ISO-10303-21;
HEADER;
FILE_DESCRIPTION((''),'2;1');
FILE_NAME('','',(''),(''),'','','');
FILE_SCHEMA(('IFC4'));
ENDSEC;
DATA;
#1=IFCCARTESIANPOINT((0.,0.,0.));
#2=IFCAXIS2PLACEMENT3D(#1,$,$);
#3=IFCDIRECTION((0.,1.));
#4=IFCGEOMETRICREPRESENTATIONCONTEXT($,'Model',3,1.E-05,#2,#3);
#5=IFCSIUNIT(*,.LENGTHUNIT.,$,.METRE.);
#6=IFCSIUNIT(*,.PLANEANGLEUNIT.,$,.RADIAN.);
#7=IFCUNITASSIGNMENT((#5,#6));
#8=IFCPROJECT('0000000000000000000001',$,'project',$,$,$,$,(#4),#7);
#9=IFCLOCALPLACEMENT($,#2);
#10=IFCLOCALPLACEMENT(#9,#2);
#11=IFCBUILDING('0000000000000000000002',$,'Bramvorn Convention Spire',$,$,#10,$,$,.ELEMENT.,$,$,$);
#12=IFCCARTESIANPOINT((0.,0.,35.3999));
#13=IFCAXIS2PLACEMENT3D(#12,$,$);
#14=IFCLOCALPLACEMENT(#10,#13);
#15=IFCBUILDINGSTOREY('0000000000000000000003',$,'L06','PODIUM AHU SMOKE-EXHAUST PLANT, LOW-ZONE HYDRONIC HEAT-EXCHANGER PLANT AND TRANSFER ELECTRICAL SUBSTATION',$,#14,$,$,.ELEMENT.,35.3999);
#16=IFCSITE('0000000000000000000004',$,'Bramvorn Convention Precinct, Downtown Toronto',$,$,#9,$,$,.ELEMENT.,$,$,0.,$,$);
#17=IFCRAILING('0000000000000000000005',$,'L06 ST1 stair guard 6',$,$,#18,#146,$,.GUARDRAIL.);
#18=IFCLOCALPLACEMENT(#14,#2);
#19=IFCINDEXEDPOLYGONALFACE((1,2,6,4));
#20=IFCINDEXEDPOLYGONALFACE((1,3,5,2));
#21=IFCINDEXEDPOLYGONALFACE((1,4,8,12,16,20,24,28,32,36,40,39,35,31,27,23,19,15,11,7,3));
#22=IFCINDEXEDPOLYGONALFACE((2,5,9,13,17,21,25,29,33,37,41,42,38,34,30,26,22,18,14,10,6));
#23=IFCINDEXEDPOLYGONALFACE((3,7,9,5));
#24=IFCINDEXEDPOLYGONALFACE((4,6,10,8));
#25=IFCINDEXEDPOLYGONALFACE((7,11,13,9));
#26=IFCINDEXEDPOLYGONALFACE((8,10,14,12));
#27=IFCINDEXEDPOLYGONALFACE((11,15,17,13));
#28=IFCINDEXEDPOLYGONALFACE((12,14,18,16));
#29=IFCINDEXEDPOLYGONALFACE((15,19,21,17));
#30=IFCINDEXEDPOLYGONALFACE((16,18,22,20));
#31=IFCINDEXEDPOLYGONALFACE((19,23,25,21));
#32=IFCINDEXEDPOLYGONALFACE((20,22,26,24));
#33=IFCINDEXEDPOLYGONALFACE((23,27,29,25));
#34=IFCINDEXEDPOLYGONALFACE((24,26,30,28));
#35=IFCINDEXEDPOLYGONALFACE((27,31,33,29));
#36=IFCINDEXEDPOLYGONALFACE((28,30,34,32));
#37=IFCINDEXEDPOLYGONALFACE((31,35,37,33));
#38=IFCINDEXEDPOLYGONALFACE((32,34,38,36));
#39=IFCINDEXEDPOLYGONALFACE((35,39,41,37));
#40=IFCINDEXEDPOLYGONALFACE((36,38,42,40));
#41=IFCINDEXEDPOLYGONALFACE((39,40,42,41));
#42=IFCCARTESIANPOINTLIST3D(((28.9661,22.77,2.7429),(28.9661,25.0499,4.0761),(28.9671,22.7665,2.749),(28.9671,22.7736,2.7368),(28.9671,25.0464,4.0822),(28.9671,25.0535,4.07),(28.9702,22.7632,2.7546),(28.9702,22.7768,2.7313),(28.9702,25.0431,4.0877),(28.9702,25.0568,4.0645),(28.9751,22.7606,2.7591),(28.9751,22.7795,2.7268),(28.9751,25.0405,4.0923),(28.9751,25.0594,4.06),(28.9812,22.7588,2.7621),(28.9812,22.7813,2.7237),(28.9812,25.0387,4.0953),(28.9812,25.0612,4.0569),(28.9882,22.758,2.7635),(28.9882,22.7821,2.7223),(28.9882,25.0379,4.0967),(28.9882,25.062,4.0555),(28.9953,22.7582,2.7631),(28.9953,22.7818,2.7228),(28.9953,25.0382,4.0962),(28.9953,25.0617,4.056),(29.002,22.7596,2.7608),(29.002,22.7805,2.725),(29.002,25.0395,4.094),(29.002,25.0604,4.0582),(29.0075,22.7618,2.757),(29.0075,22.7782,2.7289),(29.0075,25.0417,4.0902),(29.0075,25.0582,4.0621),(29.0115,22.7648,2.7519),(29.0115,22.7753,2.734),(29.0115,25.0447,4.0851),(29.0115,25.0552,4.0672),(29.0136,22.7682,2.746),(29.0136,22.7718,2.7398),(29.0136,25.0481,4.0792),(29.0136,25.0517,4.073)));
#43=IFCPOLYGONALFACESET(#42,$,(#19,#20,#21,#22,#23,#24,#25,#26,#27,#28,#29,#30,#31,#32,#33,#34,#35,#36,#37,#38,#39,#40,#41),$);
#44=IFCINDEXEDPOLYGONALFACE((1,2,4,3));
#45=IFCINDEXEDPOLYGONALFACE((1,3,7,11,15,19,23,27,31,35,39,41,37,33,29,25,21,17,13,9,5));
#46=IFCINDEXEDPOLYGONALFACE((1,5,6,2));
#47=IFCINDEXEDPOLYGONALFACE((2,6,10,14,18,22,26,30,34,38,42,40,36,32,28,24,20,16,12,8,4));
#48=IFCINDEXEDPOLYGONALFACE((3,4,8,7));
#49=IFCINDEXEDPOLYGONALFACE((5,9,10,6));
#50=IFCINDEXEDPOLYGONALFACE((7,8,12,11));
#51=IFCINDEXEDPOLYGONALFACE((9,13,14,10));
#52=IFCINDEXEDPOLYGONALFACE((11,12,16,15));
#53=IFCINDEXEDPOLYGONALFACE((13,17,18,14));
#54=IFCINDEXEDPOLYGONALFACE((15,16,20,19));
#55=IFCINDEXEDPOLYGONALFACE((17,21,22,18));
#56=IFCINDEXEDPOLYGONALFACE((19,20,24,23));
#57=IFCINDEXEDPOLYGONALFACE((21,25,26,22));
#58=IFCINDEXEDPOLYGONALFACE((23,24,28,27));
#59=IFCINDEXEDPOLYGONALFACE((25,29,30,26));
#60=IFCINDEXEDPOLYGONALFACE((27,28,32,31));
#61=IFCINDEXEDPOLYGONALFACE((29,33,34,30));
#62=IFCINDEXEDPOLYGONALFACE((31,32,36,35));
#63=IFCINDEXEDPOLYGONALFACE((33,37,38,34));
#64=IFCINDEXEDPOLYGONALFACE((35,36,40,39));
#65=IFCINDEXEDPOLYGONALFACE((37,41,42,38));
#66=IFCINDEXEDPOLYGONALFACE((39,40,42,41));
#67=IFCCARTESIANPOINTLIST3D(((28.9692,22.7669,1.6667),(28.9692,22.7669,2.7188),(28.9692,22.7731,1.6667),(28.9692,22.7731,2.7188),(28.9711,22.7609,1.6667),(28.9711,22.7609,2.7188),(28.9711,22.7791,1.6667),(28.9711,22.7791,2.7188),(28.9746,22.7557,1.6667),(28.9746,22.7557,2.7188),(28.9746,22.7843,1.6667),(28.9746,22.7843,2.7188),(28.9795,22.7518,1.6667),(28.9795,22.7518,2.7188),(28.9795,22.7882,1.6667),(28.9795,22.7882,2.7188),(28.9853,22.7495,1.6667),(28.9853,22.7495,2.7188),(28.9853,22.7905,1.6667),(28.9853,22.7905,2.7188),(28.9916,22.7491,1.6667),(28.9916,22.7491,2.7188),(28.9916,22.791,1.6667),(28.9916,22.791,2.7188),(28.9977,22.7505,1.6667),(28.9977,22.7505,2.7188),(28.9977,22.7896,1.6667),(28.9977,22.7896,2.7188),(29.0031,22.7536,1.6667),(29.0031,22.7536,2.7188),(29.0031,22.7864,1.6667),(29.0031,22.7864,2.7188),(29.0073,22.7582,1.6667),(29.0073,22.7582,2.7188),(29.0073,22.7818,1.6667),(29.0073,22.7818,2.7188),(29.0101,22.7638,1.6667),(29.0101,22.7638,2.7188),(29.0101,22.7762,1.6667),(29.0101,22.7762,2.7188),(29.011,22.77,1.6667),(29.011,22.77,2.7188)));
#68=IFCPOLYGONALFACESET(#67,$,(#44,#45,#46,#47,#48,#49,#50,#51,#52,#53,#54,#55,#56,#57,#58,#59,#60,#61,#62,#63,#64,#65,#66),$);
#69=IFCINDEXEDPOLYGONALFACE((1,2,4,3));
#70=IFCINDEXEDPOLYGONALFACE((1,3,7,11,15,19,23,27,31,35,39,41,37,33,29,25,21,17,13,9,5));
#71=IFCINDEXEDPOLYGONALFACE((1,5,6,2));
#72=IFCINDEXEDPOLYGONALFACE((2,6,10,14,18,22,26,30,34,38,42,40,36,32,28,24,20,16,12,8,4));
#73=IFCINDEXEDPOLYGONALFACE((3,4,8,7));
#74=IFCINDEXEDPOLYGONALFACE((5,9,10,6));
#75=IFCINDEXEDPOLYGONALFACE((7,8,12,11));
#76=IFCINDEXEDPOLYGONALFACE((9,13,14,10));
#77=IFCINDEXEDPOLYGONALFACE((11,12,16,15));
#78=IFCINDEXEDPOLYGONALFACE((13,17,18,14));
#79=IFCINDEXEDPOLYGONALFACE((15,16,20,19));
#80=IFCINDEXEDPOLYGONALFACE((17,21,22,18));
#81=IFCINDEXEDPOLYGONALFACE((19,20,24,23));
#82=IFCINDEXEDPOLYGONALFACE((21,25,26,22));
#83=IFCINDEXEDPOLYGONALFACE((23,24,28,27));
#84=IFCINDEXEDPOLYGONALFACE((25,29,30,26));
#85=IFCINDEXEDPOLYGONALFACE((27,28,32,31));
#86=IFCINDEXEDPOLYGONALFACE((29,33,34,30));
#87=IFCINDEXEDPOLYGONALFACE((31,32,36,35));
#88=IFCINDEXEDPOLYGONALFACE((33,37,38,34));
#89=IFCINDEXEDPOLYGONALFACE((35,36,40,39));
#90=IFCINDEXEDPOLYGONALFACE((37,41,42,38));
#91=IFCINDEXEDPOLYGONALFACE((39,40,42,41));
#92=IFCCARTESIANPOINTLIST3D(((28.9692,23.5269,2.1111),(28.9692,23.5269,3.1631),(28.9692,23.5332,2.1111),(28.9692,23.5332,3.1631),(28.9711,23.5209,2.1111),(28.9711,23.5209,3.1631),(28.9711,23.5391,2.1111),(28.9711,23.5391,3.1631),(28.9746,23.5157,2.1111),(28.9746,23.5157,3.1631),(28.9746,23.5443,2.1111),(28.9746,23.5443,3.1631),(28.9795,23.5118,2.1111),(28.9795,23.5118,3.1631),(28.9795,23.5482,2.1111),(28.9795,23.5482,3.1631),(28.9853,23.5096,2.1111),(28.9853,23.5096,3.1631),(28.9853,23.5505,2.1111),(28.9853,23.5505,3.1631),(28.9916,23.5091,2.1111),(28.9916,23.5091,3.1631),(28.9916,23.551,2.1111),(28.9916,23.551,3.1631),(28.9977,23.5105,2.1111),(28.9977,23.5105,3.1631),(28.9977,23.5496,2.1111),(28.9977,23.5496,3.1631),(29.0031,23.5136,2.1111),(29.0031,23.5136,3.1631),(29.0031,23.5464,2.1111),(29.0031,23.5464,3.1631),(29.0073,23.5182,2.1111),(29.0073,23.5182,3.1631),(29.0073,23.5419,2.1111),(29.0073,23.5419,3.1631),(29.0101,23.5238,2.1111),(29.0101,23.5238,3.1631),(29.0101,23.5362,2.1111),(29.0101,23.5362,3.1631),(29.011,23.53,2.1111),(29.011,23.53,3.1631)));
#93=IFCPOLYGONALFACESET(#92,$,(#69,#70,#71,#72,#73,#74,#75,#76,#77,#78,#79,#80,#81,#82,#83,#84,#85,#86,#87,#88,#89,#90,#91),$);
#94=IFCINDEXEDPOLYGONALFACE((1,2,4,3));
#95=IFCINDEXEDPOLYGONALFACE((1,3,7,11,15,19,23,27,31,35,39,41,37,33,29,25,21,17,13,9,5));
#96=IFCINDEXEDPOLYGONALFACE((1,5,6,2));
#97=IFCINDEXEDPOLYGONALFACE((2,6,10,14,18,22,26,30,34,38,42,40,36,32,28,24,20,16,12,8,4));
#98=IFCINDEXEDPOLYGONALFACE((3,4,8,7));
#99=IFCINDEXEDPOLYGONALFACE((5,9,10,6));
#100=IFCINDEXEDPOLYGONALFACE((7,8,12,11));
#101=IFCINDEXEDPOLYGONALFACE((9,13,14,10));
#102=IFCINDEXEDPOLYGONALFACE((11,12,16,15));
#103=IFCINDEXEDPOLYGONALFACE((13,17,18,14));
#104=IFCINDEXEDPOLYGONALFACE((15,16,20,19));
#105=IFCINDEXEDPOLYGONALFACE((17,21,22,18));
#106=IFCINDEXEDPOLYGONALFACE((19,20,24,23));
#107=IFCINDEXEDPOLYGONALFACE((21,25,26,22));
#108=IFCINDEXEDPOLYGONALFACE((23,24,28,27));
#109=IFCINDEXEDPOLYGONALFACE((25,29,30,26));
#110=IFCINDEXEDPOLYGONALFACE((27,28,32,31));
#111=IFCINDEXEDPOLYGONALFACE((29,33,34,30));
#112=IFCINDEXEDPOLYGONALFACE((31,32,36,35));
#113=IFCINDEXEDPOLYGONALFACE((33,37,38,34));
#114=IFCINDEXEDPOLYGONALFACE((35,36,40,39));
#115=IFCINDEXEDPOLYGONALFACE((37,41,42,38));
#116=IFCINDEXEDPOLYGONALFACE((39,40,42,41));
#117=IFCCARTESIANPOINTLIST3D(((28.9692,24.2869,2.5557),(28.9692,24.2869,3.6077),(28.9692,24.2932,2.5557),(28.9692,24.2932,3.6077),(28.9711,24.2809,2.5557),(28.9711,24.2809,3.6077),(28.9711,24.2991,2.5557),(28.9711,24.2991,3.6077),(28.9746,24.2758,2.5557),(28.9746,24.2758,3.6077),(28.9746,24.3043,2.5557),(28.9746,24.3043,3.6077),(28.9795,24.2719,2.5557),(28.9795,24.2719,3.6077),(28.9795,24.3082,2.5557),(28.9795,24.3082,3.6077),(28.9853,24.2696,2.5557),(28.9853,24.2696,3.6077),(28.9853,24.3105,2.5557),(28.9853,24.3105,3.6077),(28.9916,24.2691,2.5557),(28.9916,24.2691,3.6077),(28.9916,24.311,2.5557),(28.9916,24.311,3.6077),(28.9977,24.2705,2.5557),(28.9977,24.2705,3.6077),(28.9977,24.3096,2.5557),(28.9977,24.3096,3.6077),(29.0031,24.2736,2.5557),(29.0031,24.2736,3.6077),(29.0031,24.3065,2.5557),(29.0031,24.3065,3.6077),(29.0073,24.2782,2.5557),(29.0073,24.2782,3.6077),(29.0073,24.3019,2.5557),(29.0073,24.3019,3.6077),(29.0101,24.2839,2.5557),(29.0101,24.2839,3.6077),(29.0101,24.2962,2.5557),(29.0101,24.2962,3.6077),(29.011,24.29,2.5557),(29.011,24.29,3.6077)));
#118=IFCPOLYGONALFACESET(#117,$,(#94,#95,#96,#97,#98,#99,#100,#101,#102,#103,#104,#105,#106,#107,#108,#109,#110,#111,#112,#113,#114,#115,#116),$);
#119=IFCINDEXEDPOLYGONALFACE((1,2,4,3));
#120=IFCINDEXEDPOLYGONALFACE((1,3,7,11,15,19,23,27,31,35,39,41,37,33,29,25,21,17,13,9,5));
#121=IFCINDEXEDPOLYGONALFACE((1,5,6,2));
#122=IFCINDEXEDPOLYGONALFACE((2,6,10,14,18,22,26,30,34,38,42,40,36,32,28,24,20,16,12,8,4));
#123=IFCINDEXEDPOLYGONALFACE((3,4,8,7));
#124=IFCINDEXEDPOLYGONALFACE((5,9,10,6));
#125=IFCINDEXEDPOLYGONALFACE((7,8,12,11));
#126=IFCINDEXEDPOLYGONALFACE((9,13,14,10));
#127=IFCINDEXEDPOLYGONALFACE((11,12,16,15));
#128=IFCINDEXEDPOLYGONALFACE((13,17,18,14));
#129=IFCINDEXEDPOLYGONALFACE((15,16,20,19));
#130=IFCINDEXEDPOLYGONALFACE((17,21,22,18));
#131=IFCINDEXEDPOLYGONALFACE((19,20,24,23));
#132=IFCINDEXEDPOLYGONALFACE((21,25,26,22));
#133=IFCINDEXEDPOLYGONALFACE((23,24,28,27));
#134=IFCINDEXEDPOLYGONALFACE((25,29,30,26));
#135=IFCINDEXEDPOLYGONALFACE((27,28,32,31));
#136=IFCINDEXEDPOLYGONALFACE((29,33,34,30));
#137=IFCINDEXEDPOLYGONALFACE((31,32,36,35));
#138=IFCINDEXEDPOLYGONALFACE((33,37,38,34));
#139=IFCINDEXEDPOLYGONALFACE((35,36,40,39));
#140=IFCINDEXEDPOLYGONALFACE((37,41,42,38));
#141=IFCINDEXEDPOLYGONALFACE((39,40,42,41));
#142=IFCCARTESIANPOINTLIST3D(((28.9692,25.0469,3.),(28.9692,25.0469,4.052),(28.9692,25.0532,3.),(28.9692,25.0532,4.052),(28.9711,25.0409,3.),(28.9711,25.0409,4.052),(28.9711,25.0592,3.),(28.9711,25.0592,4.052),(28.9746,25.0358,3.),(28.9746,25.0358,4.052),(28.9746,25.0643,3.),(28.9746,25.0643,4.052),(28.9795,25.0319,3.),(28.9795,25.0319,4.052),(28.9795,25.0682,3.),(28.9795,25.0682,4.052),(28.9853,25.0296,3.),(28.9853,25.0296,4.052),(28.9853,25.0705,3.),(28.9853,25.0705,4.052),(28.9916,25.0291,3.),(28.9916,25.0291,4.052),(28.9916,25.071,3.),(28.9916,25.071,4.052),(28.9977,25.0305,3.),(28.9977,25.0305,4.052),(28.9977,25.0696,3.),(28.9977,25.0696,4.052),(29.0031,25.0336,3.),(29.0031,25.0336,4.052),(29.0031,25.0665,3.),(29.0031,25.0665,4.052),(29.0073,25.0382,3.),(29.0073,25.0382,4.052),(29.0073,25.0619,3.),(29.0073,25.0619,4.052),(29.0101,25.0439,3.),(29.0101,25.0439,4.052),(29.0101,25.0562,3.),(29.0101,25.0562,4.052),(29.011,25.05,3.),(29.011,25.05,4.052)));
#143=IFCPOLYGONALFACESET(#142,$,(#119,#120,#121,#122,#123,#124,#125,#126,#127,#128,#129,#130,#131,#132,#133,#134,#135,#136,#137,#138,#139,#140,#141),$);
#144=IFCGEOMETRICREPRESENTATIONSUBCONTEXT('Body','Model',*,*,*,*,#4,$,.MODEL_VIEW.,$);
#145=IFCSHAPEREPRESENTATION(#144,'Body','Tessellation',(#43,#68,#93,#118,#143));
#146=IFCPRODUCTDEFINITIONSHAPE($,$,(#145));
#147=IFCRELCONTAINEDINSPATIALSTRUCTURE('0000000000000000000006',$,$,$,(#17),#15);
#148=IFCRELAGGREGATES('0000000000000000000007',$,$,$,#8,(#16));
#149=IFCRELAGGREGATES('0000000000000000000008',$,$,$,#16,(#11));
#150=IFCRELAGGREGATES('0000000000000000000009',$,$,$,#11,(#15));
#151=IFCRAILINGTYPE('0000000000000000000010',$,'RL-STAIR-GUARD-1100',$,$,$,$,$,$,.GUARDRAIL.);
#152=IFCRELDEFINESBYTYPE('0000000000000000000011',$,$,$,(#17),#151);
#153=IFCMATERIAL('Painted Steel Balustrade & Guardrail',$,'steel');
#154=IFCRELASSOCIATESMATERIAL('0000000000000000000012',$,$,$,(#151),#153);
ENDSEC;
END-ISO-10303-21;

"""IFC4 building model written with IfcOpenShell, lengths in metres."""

from ifc_helpers import new_model, si_unit, direction, frame, origin, origin_2d, place, context, subcontext, project, spatial, circle, extrude, material, type_object, element, save


model = new_model("IFC4")

# Units and contexts
model_context = context("Model", 3, precision=1e-05, world=origin(), true_north=direction((0.0, 1.0)))
body_context = subcontext(model_context, "Body", "Model", "MODEL_VIEW")
ifc_project = project(units=[si_unit("LENGTHUNIT", "METRE"), si_unit("PLANEANGLEUNIT", "RADIAN")], contexts=[model_context])

# Site, building, storey
site_placement = place(None, origin())
site = spatial("IfcSite", under=ifc_project, at=site_placement, Name="Bramvorn Convention Precinct, Downtown Toronto", CompositionType="ELEMENT", RefElevation=0.0)
building_placement = place(site_placement, origin())
building = spatial("IfcBuilding", under=site, at=building_placement, Name="Bramvorn Convention Spire", CompositionType="ELEMENT")
storey_placement = place(building_placement, frame((0.0, 0.0, 35.3999)))
storey = spatial("IfcBuildingStorey", under=building, at=storey_placement, Name="L06", Description="PODIUM AHU SMOKE-EXHAUST PLANT, LOW-ZONE HYDRONIC HEAT-EXCHANGER PLANT AND TRANSFER ELECTRICAL SUBSTATION", CompositionType="ELEMENT", Elevation=35.3999)

# Railing
ifc_material_1 = material(Name="Painted Steel Balustrade & Guardrail", Category="steel")
railing_type_1 = type_object("IfcRailingType", Name="RL-STAIR-GUARD-1100", PredefinedType="GUARDRAIL", material=ifc_material_1)
railing_1_placement = place(storey_placement, frame((28.99, 22.77, 1.6667)))
element("IfcRailing", 1, at=railing_1_placement, inside=storey, type_object=railing_type_1, Name="L06 ST1 stair guard 6", PredefinedType="GUARDRAIL", context=body_context, shape_type="SweptSolid", body=[
    extrude(circle(Radius=0.0239, at=origin_2d()), frame((0.0, 0.0, 1.0762), z_axis=(0.0, 0.863245, 0.504785), x_axis=(-1.0, 0.0, 0.0)), (0.0, 0.0, 1.0), 2.6411),
    extrude(circle(Radius=0.021, at=origin_2d()), origin(), (0.0, 0.0, 1.0), 1.052),
    extrude(circle(Radius=0.021, at=origin_2d()), frame((0.0, 0.76, 0.4443)), (0.0, 0.0, 1.0), 1.052),
    extrude(circle(Radius=0.021, at=origin_2d()), frame((0.0, 1.52, 0.8889)), (0.0, 0.0, 1.0), 1.052),
    extrude(circle(Radius=0.021, at=origin_2d()), frame((0.0, 2.28, 1.3333)), (0.0, 0.0, 1.0), 1.052),
])

save(model, "model.ifc")
